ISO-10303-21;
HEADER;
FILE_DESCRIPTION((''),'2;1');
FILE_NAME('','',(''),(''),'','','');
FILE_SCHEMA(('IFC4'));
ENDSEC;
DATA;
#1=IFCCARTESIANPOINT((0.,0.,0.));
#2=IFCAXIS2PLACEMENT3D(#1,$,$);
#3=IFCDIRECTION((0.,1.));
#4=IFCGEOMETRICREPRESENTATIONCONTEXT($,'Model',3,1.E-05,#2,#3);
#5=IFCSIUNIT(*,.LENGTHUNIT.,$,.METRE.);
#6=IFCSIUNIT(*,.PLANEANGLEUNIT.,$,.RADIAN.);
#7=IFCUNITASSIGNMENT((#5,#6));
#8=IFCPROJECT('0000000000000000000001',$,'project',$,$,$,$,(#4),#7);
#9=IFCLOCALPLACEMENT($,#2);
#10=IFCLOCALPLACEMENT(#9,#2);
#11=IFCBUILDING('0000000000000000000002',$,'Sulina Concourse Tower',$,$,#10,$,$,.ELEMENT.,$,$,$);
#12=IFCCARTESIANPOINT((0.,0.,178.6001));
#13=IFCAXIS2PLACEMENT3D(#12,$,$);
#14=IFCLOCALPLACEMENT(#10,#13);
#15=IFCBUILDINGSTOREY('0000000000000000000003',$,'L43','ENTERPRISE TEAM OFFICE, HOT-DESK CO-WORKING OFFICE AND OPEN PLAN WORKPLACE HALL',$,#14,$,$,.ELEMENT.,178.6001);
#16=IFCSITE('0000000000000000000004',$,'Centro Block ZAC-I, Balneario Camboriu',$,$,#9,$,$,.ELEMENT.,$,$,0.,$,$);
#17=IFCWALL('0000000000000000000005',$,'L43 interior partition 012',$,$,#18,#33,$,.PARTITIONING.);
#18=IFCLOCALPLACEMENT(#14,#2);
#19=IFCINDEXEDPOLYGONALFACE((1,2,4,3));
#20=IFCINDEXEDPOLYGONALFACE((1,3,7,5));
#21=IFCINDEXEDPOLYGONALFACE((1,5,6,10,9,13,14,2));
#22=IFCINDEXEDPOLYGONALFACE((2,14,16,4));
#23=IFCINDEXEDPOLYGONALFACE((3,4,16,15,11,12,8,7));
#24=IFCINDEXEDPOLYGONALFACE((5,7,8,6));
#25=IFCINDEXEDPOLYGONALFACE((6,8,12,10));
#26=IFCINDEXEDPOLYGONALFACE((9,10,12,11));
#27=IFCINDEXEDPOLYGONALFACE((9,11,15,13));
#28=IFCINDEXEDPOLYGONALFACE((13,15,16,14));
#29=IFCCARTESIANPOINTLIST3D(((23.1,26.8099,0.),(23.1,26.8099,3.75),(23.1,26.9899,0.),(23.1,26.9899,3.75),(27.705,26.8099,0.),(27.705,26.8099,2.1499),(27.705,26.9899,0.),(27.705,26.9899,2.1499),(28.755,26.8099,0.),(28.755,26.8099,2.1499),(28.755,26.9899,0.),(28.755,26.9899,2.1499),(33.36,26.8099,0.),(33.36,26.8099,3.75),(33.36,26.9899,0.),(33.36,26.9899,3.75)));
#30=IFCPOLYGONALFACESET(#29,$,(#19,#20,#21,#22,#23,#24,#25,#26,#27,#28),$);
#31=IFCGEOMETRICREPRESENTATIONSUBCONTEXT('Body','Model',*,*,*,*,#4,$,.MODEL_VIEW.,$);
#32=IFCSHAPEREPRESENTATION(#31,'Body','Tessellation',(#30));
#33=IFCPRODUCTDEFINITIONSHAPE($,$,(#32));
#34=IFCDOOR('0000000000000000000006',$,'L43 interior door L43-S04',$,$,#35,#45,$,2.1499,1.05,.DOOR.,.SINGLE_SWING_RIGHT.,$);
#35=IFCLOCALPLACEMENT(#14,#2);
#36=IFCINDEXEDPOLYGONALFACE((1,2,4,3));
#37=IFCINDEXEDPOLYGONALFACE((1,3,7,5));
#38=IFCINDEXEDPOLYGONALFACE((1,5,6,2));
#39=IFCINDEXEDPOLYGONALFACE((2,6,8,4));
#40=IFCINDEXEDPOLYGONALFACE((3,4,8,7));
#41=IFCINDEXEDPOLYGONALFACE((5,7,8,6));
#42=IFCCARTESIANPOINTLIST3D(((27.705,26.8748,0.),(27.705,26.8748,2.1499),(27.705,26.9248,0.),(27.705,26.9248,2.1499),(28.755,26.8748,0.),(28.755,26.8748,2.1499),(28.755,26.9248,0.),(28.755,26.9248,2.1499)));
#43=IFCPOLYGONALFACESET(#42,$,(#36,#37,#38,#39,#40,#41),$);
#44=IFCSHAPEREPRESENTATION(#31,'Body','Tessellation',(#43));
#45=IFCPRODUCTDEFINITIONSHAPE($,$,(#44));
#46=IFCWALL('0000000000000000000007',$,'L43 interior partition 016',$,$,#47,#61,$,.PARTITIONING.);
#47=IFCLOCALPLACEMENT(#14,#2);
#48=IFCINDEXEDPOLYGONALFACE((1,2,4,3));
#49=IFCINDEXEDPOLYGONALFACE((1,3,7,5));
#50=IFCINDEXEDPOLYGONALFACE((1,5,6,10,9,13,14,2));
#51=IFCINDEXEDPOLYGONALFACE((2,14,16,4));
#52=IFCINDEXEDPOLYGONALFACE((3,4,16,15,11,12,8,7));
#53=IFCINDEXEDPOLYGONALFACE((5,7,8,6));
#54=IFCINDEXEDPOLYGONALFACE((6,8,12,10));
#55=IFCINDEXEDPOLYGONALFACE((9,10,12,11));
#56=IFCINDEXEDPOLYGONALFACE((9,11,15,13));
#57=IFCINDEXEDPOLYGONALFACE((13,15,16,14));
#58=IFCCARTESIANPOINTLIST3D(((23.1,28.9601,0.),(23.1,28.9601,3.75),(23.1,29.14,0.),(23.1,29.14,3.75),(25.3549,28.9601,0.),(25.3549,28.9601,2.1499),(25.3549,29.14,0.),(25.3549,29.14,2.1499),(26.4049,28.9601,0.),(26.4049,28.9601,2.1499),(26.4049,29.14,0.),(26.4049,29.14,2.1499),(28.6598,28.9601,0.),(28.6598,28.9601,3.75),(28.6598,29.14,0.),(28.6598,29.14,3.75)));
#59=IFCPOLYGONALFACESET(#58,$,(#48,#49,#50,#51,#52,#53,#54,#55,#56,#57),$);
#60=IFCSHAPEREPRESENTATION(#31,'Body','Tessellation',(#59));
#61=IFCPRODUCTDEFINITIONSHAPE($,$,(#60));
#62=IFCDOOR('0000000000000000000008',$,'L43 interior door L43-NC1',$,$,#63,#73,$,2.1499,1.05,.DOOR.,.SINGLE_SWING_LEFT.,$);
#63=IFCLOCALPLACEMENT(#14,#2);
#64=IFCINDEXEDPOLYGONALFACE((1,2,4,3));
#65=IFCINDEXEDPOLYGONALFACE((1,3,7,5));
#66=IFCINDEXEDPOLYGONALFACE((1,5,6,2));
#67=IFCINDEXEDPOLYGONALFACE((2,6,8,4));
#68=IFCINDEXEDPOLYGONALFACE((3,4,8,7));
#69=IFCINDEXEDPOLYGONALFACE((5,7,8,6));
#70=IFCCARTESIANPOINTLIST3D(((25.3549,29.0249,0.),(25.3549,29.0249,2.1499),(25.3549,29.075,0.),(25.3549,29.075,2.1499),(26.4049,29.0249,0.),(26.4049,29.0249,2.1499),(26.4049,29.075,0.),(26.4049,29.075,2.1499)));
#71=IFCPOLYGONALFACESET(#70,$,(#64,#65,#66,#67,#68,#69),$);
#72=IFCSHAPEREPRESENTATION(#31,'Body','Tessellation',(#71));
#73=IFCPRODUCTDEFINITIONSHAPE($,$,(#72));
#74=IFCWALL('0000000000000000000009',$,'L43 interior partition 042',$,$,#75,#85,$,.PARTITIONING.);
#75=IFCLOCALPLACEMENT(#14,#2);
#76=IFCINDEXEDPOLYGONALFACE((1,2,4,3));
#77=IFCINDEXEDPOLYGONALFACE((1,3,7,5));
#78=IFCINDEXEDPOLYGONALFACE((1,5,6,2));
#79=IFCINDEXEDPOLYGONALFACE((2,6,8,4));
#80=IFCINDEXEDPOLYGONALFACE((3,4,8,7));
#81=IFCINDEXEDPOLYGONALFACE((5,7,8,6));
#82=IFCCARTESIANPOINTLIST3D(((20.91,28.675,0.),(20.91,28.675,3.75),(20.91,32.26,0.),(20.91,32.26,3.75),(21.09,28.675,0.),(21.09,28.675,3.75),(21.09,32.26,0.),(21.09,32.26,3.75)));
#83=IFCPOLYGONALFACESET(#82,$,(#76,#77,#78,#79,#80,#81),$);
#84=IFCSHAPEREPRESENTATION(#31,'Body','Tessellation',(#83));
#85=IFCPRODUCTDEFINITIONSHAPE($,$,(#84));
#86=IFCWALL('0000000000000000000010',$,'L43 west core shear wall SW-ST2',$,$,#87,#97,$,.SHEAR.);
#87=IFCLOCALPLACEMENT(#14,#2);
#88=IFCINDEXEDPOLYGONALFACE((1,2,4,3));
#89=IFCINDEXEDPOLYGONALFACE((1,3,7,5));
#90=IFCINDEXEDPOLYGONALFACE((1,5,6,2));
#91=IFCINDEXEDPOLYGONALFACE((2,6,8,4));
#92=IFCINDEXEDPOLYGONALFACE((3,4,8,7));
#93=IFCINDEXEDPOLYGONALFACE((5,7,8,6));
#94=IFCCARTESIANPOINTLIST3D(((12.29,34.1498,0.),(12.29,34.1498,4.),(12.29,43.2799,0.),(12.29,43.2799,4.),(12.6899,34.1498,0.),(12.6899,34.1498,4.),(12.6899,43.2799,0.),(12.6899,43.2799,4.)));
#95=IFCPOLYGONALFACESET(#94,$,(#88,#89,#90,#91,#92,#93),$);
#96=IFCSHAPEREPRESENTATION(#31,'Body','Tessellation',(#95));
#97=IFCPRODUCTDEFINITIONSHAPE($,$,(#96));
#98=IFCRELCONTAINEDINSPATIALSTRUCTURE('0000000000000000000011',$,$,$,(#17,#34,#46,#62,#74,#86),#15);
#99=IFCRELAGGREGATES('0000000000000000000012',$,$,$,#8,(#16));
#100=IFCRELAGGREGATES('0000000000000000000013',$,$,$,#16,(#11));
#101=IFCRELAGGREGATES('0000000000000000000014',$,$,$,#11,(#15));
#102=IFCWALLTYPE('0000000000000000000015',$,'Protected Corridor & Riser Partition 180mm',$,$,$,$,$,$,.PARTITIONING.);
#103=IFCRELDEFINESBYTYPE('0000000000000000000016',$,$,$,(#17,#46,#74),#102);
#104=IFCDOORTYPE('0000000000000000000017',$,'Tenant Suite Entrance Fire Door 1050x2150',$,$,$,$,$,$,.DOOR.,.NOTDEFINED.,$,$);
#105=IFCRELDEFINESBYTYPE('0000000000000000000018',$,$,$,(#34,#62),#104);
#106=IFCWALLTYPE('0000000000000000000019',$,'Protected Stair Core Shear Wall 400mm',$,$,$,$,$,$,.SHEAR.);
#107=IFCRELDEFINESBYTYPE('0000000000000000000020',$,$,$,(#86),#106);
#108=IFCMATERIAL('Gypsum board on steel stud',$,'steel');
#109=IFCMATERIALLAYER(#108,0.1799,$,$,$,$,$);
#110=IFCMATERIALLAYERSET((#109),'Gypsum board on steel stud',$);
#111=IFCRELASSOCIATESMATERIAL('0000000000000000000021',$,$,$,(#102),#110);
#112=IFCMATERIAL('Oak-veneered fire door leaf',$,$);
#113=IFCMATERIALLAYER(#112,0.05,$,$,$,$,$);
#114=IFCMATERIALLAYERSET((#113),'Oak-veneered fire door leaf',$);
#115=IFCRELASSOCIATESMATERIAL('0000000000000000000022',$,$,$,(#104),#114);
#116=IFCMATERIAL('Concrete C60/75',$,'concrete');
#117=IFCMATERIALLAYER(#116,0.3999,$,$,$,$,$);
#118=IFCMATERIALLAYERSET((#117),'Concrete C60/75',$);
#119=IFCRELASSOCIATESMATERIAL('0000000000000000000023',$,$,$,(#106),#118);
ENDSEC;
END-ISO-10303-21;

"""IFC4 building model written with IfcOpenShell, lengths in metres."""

from ifc_helpers import new_model, si_unit, direction, frame, frame_2d, origin, place, context, subcontext, project, spatial, rectangle, extrude, material, layer, layer_set, type_object, element, fill, save


model = new_model("IFC4")

# Units and contexts
model_context = context("Model", 3, precision=1e-05, world=origin(), true_north=direction((0.0, 1.0)))
body_context = subcontext(model_context, "Body", "Model", "MODEL_VIEW")
ifc_project = project(units=[si_unit("LENGTHUNIT", "METRE"), si_unit("PLANEANGLEUNIT", "RADIAN")], contexts=[model_context])

# Site, building, storey
site_placement = place(None, origin())
site = spatial("IfcSite", under=ifc_project, at=site_placement, Name="Centro Block ZAC-I, Balneario Camboriu", CompositionType="ELEMENT", RefElevation=0.0)
building_placement = place(site_placement, origin())
building = spatial("IfcBuilding", under=site, at=building_placement, Name="Sulina Concourse Tower", CompositionType="ELEMENT")
storey_placement = place(building_placement, frame((0.0, 0.0, 178.6001)))
storey = spatial("IfcBuildingStorey", under=building, at=storey_placement, Name="L43", Description="ENTERPRISE TEAM OFFICE, HOT-DESK CO-WORKING OFFICE AND OPEN PLAN WORKPLACE HALL", CompositionType="ELEMENT", Elevation=178.6001)

# Walls, openings, doors
ifc_material_1 = material(Name="Gypsum board on steel stud", Category="steel")
ifc_layer_1 = layer(ifc_material_1, 0.1799)
ifc_layer_set_1 = layer_set([ifc_layer_1], Name="Gypsum board on steel stud")
wall_type_1 = type_object("IfcWallType", Name="Protected Corridor & Riser Partition 180mm", PredefinedType="PARTITIONING", material=ifc_layer_set_1)
wall_1_placement = place(storey_placement, frame((23.1001, 26.8999, 0.0), z_axis=(0.0, 0.0, 1.0), x_axis=(1.0, 0.0, 0.0)))
wall_1 = element("IfcWall", 1, at=wall_1_placement, inside=storey, type_object=wall_type_1, Name="L43 interior partition 012", PredefinedType="PARTITIONING", context=body_context, shape_type="SweptSolid", body=[
    extrude(rectangle(XDim=10.26, YDim=0.1799, at=frame_2d((5.1299, 0.0))), origin(), (0.0, 0.0, 1.0), 3.75),
])
opening_1_placement = place(wall_1_placement, frame((4.605, 0.0, 0.0)))
opening_1 = element("IfcOpeningElement", 2, at=opening_1_placement, cuts=wall_1, PredefinedType="OPENING", context=body_context, shape_type="SweptSolid", body=[
    extrude(rectangle(XDim=1.05, YDim=2.1499, at=frame_2d((0.5249, 1.075))), frame((0.0, 0.0999, 0.0), z_axis=(0.0, -1.0, 0.0), x_axis=(1.0, 0.0, 0.0)), (0.0, 0.0, 1.0), 0.2),
])
ifc_material_2 = material(Name="Oak-veneered fire door leaf")
ifc_layer_2 = layer(ifc_material_2, 0.05)
ifc_layer_set_2 = layer_set([ifc_layer_2], Name="Oak-veneered fire door leaf")
door_type_1 = type_object("IfcDoorType", Name="Tenant Suite Entrance Fire Door 1050x2150", OperationType="NOTDEFINED", PredefinedType="DOOR", material=ifc_layer_set_2)
door_1_placement = place(opening_1_placement, origin())
door_1 = element("IfcDoor", 3, at=door_1_placement, inside=storey, type_object=door_type_1, Name="L43 interior door L43-S04", OperationType="SINGLE_SWING_RIGHT", OverallHeight=2.1499, OverallWidth=1.05, PredefinedType="DOOR", context=body_context, shape_type="SweptSolid", body=[
    extrude(rectangle(XDim=1.05, YDim=2.1499, at=frame_2d((0.5249, 1.075))), frame((0.0, 0.0249, 0.0), z_axis=(0.0, -1.0, 0.0), x_axis=(1.0, 0.0, 0.0)), (0.0, 0.0, 1.0), 0.05),
])
fill(opening_1, door_1)
wall_2_placement = place(storey_placement, frame((23.1001, 29.05, 0.0), z_axis=(0.0, 0.0, 1.0), x_axis=(1.0, 0.0, 0.0)))
wall_2 = element("IfcWall", 4, at=wall_2_placement, inside=storey, type_object=wall_type_1, Name="L43 interior partition 016", PredefinedType="PARTITIONING", context=body_context, shape_type="SweptSolid", body=[
    extrude(rectangle(XDim=5.5598, YDim=0.1799, at=frame_2d((2.7798, 0.0))), origin(), (0.0, 0.0, 1.0), 3.75),
])
opening_2_placement = place(wall_2_placement, frame((2.2549, 0.0, 0.0)))
opening_2 = element("IfcOpeningElement", 5, at=opening_2_placement, cuts=wall_2, PredefinedType="OPENING", context=body_context, shape_type="SweptSolid", body=[
    extrude(rectangle(XDim=1.05, YDim=2.1499, at=frame_2d((0.5249, 1.075))), frame((0.0, 0.0999, 0.0), z_axis=(0.0, -1.0, 0.0), x_axis=(1.0, 0.0, 0.0)), (0.0, 0.0, 1.0), 0.2),
])
door_2_placement = place(opening_2_placement, origin())
door_2 = element("IfcDoor", 6, at=door_2_placement, inside=storey, type_object=door_type_1, Name="L43 interior door L43-NC1", OperationType="SINGLE_SWING_LEFT", OverallHeight=2.1499, OverallWidth=1.05, PredefinedType="DOOR", context=body_context, shape_type="SweptSolid", body=[
    extrude(rectangle(XDim=1.05, YDim=2.1499, at=frame_2d((0.5249, 1.075))), frame((0.0, 0.0249, 0.0), z_axis=(0.0, -1.0, 0.0), x_axis=(1.0, 0.0, 0.0)), (0.0, 0.0, 1.0), 0.05),
])
fill(opening_2, door_2)

# Walls
wall_3_placement = place(storey_placement, frame((21.0, 28.675, 0.0), z_axis=(0.0, 0.0, 1.0), x_axis=(0.0, 1.0, 0.0)))
element("IfcWall", 7, at=wall_3_placement, inside=storey, type_object=wall_type_1, Name="L43 interior partition 042", PredefinedType="PARTITIONING", context=body_context, shape_type="SweptSolid", body=[
    extrude(rectangle(XDim=3.585, YDim=0.1799, at=frame_2d((1.7925, 0.0))), origin(), (0.0, 0.0, 1.0), 3.75),
])
ifc_material_3 = material(Name="Concrete C60/75", Category="concrete")
ifc_layer_3 = layer(ifc_material_3, 0.3999)
ifc_layer_set_3 = layer_set([ifc_layer_3], Name="Concrete C60/75")
wall_type_2 = type_object("IfcWallType", Name="Protected Stair Core Shear Wall 400mm", PredefinedType="SHEAR", material=ifc_layer_set_3)
wall_4_placement = place(storey_placement, frame((12.49, 34.1499, 0.0), z_axis=(0.0, 0.0, 1.0), x_axis=(0.0, 1.0, 0.0)))
element("IfcWall", 8, at=wall_4_placement, inside=storey, type_object=wall_type_2, Name="L43 west core shear wall SW-ST2", PredefinedType="SHEAR", context=body_context, shape_type="SweptSolid", body=[
    extrude(rectangle(XDim=9.1301, YDim=0.3999, at=frame_2d((4.5649, 0.0))), origin(), (0.0, 0.0, 1.0), 4.0),
])

save(model, "model.ifc")
